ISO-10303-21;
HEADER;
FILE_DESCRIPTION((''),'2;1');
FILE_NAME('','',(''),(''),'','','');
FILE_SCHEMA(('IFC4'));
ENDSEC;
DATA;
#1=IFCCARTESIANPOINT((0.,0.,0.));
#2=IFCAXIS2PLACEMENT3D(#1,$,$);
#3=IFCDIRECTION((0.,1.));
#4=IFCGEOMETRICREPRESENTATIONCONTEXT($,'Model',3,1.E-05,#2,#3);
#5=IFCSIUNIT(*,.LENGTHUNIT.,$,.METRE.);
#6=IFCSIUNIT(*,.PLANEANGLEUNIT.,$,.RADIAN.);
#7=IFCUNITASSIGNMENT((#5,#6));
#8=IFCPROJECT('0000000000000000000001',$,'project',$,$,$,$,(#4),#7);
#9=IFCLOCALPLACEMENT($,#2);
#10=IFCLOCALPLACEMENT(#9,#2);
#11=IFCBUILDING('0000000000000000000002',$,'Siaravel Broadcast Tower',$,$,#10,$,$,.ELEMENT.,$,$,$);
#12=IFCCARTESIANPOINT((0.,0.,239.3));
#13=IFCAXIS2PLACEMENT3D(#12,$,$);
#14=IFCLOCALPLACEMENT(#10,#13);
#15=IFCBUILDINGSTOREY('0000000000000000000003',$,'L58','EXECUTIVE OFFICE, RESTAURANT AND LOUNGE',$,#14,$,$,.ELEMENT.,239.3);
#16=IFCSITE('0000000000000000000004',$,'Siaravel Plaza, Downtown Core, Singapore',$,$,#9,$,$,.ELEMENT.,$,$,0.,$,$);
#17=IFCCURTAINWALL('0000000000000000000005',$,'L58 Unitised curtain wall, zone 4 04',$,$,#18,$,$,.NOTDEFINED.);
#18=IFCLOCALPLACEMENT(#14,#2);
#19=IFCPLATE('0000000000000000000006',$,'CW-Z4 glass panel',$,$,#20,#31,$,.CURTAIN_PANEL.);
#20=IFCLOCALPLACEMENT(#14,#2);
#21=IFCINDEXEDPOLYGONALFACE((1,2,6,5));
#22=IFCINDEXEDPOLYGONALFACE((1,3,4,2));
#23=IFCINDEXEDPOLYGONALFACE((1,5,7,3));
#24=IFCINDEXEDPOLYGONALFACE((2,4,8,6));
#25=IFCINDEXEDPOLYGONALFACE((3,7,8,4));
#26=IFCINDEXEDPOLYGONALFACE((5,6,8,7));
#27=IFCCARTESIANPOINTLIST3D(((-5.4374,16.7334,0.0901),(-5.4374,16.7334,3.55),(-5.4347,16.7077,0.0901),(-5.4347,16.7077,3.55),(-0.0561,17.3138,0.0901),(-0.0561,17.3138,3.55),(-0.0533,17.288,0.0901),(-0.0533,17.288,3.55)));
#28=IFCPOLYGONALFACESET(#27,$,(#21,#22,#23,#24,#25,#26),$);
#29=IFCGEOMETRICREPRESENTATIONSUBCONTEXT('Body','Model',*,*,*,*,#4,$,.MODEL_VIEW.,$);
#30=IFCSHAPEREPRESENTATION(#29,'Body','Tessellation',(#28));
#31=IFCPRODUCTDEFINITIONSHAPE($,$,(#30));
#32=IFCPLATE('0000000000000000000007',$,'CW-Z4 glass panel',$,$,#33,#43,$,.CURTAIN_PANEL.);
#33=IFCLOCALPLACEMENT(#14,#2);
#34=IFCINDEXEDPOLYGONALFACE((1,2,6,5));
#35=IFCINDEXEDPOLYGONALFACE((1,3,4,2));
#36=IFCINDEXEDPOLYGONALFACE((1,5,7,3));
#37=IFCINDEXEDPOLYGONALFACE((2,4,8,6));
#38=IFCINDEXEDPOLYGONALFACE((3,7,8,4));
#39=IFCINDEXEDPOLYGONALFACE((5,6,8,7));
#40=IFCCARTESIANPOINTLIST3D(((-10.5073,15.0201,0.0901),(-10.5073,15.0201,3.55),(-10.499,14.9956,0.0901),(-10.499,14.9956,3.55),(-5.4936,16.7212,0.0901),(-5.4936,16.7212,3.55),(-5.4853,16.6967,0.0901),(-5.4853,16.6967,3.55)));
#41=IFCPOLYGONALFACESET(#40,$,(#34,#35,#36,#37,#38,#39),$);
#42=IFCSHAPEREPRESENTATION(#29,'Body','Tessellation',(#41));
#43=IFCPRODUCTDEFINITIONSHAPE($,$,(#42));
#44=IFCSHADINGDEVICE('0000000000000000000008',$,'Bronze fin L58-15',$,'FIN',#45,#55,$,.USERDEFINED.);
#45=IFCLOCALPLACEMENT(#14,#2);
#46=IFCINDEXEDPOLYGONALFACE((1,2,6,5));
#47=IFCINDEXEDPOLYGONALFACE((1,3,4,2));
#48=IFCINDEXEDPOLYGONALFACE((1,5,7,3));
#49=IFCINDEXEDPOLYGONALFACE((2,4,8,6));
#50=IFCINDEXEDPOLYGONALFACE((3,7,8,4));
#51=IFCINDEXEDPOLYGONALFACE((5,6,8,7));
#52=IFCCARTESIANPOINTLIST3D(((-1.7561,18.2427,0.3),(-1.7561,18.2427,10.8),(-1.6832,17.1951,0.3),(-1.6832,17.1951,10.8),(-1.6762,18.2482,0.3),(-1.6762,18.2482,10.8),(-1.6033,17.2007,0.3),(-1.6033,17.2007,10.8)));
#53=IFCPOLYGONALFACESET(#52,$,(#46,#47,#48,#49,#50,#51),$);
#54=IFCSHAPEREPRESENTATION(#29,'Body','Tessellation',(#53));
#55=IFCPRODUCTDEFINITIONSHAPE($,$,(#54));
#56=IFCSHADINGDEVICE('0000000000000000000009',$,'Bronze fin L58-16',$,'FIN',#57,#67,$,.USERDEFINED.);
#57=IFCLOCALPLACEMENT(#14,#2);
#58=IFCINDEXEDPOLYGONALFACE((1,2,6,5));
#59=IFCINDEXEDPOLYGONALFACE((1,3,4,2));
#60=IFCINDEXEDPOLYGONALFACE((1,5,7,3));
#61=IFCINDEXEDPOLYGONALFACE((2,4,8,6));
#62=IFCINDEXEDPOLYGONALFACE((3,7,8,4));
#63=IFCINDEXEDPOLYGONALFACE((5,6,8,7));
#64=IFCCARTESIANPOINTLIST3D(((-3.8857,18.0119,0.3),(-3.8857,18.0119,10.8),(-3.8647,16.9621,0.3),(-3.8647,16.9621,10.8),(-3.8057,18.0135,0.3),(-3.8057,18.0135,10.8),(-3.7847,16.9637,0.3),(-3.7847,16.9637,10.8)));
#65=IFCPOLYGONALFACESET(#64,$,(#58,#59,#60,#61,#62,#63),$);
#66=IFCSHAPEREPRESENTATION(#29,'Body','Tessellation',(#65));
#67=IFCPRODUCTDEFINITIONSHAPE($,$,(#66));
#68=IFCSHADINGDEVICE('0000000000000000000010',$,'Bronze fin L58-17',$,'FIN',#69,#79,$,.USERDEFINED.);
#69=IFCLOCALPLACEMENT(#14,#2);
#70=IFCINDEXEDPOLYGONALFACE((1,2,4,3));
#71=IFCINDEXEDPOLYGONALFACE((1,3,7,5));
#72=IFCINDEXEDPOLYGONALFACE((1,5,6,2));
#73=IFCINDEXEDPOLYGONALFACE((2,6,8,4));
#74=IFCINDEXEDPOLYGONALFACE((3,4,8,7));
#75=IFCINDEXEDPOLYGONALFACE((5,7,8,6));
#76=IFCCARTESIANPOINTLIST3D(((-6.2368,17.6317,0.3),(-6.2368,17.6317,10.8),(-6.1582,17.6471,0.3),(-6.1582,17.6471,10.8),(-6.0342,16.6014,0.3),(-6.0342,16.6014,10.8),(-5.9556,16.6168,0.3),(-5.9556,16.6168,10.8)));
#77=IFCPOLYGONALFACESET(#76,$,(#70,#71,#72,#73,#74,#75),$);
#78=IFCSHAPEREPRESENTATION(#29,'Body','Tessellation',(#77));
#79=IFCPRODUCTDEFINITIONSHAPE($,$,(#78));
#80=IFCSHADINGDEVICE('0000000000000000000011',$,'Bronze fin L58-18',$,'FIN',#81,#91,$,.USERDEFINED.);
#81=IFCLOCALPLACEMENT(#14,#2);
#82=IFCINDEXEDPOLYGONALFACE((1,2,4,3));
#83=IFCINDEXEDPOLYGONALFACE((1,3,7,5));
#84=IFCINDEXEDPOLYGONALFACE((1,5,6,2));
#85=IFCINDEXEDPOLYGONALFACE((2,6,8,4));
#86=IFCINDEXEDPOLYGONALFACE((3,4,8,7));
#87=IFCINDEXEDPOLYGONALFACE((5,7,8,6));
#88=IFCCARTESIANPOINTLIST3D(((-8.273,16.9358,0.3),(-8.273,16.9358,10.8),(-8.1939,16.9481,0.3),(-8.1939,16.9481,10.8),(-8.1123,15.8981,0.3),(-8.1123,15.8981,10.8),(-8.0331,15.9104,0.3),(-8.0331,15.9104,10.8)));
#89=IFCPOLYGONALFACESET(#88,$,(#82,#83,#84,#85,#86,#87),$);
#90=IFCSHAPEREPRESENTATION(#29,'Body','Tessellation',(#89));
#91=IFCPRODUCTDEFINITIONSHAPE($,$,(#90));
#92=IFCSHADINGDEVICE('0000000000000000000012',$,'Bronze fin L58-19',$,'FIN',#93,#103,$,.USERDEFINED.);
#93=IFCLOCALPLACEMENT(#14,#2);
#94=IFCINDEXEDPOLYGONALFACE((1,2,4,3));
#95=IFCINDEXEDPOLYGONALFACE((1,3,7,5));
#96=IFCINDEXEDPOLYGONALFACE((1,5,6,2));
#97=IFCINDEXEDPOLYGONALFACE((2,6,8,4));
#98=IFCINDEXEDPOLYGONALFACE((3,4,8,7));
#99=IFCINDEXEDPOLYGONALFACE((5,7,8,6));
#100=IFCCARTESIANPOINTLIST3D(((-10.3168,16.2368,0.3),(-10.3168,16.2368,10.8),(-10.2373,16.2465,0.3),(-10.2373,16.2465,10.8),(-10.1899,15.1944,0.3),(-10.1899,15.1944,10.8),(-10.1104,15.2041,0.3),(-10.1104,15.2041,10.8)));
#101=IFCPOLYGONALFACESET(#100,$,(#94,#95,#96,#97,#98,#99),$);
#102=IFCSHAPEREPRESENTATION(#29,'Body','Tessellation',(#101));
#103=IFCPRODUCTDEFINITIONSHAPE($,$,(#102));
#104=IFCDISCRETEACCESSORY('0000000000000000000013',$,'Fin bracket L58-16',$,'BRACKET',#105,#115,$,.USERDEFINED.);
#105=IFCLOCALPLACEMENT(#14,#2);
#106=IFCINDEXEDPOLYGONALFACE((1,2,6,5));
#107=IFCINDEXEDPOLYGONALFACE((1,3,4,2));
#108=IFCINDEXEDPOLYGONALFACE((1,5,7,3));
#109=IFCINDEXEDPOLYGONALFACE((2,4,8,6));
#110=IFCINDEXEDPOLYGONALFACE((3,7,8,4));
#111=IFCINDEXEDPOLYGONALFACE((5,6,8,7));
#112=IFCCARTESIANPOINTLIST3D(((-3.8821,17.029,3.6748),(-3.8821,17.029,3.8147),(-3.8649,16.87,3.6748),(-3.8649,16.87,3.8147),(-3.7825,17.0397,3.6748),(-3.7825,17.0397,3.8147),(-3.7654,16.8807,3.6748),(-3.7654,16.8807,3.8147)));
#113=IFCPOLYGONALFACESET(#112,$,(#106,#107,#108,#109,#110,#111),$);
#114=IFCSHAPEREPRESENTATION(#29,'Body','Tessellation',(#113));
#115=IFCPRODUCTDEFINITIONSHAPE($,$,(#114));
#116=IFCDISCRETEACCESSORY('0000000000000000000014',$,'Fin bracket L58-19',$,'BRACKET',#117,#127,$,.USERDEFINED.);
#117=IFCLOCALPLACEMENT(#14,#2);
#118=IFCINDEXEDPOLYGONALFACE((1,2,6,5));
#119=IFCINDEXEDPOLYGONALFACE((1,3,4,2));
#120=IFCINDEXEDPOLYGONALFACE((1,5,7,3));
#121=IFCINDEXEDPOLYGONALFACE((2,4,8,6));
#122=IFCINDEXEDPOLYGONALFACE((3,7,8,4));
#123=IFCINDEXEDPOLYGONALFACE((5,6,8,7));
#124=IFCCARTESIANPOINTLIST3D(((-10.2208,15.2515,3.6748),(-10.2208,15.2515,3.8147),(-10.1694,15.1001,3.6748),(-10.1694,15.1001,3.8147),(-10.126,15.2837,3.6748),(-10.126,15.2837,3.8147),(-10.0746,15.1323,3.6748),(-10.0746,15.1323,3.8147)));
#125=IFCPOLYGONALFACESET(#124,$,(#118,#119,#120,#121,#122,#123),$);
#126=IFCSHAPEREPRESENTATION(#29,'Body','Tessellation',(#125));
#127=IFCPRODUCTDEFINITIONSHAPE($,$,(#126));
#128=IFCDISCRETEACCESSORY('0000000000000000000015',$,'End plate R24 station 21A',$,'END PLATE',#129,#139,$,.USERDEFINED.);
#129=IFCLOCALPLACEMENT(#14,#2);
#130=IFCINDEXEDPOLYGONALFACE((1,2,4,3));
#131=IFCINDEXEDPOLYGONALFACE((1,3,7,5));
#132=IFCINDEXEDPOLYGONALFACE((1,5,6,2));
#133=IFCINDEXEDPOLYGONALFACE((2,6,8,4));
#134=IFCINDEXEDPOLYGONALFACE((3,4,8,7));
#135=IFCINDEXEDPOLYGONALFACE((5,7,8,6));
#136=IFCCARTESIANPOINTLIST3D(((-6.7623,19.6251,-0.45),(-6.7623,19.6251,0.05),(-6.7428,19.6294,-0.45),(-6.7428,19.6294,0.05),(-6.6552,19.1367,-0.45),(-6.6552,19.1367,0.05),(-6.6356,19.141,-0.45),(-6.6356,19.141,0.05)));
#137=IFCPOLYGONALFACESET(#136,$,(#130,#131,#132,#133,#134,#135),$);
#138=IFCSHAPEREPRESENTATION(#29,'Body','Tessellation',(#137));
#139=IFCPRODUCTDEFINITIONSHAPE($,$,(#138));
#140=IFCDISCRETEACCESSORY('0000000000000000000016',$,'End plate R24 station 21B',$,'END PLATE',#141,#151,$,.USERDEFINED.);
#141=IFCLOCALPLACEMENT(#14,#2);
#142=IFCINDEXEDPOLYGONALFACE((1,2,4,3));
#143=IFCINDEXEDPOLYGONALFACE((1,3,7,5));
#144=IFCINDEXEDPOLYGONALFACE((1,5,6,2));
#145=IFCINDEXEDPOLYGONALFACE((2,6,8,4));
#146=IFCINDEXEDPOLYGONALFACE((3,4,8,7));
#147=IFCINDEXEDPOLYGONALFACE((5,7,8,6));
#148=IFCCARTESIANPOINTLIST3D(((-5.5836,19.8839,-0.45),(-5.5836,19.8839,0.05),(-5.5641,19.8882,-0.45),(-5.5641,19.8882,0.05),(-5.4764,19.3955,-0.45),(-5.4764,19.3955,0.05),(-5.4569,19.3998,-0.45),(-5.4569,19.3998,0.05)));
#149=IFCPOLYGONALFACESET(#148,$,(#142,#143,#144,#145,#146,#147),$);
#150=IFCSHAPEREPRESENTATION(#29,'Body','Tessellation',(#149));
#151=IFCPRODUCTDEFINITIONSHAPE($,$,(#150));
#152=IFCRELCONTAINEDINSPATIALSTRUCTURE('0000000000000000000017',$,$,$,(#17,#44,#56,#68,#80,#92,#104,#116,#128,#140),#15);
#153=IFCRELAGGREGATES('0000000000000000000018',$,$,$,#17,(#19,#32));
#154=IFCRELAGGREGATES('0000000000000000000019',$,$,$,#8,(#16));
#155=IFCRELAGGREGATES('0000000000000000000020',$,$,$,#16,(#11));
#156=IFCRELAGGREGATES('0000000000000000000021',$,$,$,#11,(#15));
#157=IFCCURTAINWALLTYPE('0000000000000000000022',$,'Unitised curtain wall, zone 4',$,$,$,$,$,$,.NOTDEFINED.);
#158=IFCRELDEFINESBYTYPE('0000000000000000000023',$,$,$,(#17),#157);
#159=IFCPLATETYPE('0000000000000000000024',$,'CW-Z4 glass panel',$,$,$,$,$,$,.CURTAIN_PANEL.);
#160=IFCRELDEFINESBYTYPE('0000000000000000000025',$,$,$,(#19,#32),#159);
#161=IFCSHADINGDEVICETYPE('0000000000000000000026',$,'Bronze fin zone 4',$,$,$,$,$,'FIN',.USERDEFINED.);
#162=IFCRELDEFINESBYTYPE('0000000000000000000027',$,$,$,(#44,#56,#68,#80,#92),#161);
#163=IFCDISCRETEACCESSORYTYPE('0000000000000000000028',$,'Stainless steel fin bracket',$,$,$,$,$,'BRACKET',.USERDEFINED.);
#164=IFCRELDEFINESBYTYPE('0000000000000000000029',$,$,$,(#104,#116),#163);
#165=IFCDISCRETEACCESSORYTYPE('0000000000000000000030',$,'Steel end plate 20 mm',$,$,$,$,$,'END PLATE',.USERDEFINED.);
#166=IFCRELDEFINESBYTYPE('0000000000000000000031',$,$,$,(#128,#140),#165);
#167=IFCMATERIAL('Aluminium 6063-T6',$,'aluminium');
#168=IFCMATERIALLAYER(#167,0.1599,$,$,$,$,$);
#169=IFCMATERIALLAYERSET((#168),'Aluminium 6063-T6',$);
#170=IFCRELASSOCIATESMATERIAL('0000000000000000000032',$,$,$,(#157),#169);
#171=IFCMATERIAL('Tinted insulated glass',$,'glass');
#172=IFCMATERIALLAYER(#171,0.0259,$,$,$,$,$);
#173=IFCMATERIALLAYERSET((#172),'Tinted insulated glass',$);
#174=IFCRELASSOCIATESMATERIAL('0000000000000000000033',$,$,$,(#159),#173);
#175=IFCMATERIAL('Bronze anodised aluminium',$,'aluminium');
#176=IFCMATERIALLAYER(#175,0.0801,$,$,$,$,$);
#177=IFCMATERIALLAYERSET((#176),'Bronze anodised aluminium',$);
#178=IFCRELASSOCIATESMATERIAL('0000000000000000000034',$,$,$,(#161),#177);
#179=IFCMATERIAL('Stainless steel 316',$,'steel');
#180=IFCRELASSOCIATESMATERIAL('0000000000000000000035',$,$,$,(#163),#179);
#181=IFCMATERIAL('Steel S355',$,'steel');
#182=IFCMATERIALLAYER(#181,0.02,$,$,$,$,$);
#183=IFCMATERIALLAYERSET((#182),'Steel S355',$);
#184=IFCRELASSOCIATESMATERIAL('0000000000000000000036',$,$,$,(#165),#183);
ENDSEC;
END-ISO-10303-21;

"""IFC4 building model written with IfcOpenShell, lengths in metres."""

from ifc_helpers import new_model, si_unit, direction, frame, origin, origin_2d, place, context, subcontext, project, spatial, rectangle, extrude, material, layer, layer_set, type_object, element, aggregate, save


model = new_model("IFC4")

# Units and contexts
model_context = context("Model", 3, precision=1e-05, world=origin(), true_north=direction((0.0, 1.0)))
body_context = subcontext(model_context, "Body", "Model", "MODEL_VIEW")
ifc_project = project(units=[si_unit("LENGTHUNIT", "METRE"), si_unit("PLANEANGLEUNIT", "RADIAN")], contexts=[model_context])

# Site, building, storey
site_placement = place(None, origin())
site = spatial("IfcSite", under=ifc_project, at=site_placement, Name="Siaravel Plaza, Downtown Core, Singapore", CompositionType="ELEMENT", RefElevation=0.0)
building_placement = place(site_placement, origin())
building = spatial("IfcBuilding", under=site, at=building_placement, Name="Siaravel Broadcast Tower", CompositionType="ELEMENT")
storey_placement = place(building_placement, frame((0.0, 0.0, 239.3)))
storey = spatial("IfcBuildingStorey", under=building, at=storey_placement, Name="L58", Description="EXECUTIVE OFFICE, RESTAURANT AND LOUNGE", CompositionType="ELEMENT", Elevation=239.3)

# Shared definitions
ifc_material_1 = material(Name="Steel S355", Category="steel")

# Curtain wall
ifc_material_2 = material(Name="Aluminium 6063-T6", Category="aluminium")
ifc_layer_1 = layer(ifc_material_2, 0.1599)
ifc_layer_set_1 = layer_set([ifc_layer_1], Name="Aluminium 6063-T6")
curtain_wall_type = type_object("IfcCurtainWallType", Name="Unitised curtain wall, zone 4", PredefinedType="NOTDEFINED", material=ifc_layer_set_1)
curtain_wall_1_placement = place(storey_placement, origin())
curtain_wall_1 = element("IfcCurtainWall", 1, at=curtain_wall_1_placement, inside=storey, type_object=curtain_wall_type, Name="L58 Unitised curtain wall, zone 4 04", PredefinedType="NOTDEFINED")

# Plates
ifc_material_3 = material(Name="Tinted insulated glass", Category="glass")
ifc_layer_2 = layer(ifc_material_3, 0.0259)
ifc_layer_set_2 = layer_set([ifc_layer_2], Name="Tinted insulated glass")
plate_type = type_object("IfcPlateType", Name="CW-Z4 glass panel", PredefinedType="CURTAIN_PANEL", material=ifc_layer_set_2)
plate_1_placement = place(storey_placement, frame((-2.7454, 17.0107, 0.0901), z_axis=(0.0, 0.0, 1.0), x_axis=(-0.994236, -0.107218, 0.0)))
plate_1 = element("IfcPlate", 2, at=plate_1_placement, type_object=plate_type, Name="CW-Z4 glass panel", PredefinedType="CURTAIN_PANEL", context=body_context, shape_type="SweptSolid", body=[
    extrude(rectangle(XDim=5.4126, YDim=0.0259, at=origin_2d()), origin(), (0.0, 0.0, 1.0), 3.46),
])
plate_2_placement = place(storey_placement, frame((-7.9963, 15.8584, 0.0901), z_axis=(0.0, 0.0, 1.0), x_axis=(-0.946977, -0.321301, 0.0)))
plate_2 = element("IfcPlate", 3, at=plate_2_placement, type_object=plate_type, Name="CW-Z4 glass panel", PredefinedType="CURTAIN_PANEL", context=body_context, shape_type="SweptSolid", body=[
    extrude(rectangle(XDim=5.2944, YDim=0.0259, at=origin_2d()), origin(), (0.0, 0.0, 1.0), 3.46),
])
aggregate(curtain_wall_1, [plate_1, plate_2])

# Shading devices
ifc_material_4 = material(Name="Bronze anodised aluminium", Category="aluminium")
ifc_layer_3 = layer(ifc_material_4, 0.0801)
ifc_layer_set_3 = layer_set([ifc_layer_3], Name="Bronze anodised aluminium")
shading_device_type = type_object("IfcShadingDeviceType", Name="Bronze fin zone 4", ElementType="FIN", PredefinedType="USERDEFINED", material=ifc_layer_set_3)
for number, where, z_axis, x_axis, name in (
    (4, (-1.6797, 17.7217, 0.3), (0.0, 0.0, 1.0), (-0.069373, 0.997591, 0.0), "Bronze fin L58-15"),
    (5, (-3.8352, 17.4878, 0.3), (0.0, 0.0, 1.0), (-0.019976, 0.9998, 0.0), "Bronze fin L58-16"),
    (6, (-6.0962, 17.1243, 0.3), (0.0, 0.0, 1.0), (-0.19299, 0.981201, 0.0), "Bronze fin L58-17"),
    (7, (-8.1531, 16.4231, 0.3), (0.0, 0.0, 1.0), (-0.1531, 0.988211, 0.0), "Bronze fin L58-18"),
    (8, (-10.2136, 15.7205, 0.3), (0.0, 0.0, 1.0), (-0.120821, 0.992674, 0.0), "Bronze fin L58-19"),
):
    element("IfcShadingDevice", number, at=place(storey_placement, frame(where, z_axis=z_axis, x_axis=x_axis)), inside=storey, type_object=shading_device_type, Name=name, ObjectType="FIN", PredefinedType="USERDEFINED", context=body_context, shape_type="SweptSolid", body=[
        extrude(rectangle(XDim=1.05, YDim=0.0801, at=origin_2d()), origin(), (0.0, 0.0, 1.0), 10.5),
    ])

# Discrete accessories
ifc_material_5 = material(Name="Stainless steel 316", Category="steel")
discrete_accessory_type_1 = type_object("IfcDiscreteAccessoryType", Name="Stainless steel fin bracket", ElementType="BRACKET", PredefinedType="USERDEFINED", material=ifc_material_5)
for number, where, z_axis, x_axis, name in (
    (9, (-3.8237, 16.9548, 3.6748), (0.0, 0.0, 1.0), (-0.107219, 0.994235, 0.0), "Fin bracket L58-16"),
    (10, (-10.1477, 15.1919, 3.6748), (0.0, 0.0, 1.0), (-0.321302, 0.946977, 0.0), "Fin bracket L58-19"),
):
    element("IfcDiscreteAccessory", number, at=place(storey_placement, frame(where, z_axis=z_axis, x_axis=x_axis)), inside=storey, type_object=discrete_accessory_type_1, Name=name, ObjectType="BRACKET", PredefinedType="USERDEFINED", context=body_context, shape_type="SweptSolid", body=[
        extrude(rectangle(XDim=0.1599, YDim=0.1001, at=origin_2d()), origin(), (0.0, 0.0, 1.0), 0.1399),
    ])
ifc_layer_4 = layer(ifc_material_1, 0.02)
ifc_layer_set_4 = layer_set([ifc_layer_4], Name="Steel S355")
discrete_accessory_type_2 = type_object("IfcDiscreteAccessoryType", Name="Steel end plate 20 mm", ElementType="END PLATE", PredefinedType="USERDEFINED", material=ifc_layer_set_4)
for number, where, z_axis, x_axis, name in (
    (11, (-6.699, 19.3831, -0.45), (0.0, 0.0, 1.0), (-0.976751, -0.214377, 0.0), "End plate R24 station 21A"),
    (12, (-5.5203, 19.6418, -0.45), (0.0, 0.0, 1.0), (-0.976751, -0.214377, 0.0), "End plate R24 station 21B"),
):
    element("IfcDiscreteAccessory", number, at=place(storey_placement, frame(where, z_axis=z_axis, x_axis=x_axis)), inside=storey, type_object=discrete_accessory_type_2, Name=name, ObjectType="END PLATE", PredefinedType="USERDEFINED", context=body_context, shape_type="SweptSolid", body=[
        extrude(rectangle(XDim=0.02, YDim=0.5, at=origin_2d()), origin(), (0.0, 0.0, 1.0), 0.5),
    ])

save(model, "model.ifc")
